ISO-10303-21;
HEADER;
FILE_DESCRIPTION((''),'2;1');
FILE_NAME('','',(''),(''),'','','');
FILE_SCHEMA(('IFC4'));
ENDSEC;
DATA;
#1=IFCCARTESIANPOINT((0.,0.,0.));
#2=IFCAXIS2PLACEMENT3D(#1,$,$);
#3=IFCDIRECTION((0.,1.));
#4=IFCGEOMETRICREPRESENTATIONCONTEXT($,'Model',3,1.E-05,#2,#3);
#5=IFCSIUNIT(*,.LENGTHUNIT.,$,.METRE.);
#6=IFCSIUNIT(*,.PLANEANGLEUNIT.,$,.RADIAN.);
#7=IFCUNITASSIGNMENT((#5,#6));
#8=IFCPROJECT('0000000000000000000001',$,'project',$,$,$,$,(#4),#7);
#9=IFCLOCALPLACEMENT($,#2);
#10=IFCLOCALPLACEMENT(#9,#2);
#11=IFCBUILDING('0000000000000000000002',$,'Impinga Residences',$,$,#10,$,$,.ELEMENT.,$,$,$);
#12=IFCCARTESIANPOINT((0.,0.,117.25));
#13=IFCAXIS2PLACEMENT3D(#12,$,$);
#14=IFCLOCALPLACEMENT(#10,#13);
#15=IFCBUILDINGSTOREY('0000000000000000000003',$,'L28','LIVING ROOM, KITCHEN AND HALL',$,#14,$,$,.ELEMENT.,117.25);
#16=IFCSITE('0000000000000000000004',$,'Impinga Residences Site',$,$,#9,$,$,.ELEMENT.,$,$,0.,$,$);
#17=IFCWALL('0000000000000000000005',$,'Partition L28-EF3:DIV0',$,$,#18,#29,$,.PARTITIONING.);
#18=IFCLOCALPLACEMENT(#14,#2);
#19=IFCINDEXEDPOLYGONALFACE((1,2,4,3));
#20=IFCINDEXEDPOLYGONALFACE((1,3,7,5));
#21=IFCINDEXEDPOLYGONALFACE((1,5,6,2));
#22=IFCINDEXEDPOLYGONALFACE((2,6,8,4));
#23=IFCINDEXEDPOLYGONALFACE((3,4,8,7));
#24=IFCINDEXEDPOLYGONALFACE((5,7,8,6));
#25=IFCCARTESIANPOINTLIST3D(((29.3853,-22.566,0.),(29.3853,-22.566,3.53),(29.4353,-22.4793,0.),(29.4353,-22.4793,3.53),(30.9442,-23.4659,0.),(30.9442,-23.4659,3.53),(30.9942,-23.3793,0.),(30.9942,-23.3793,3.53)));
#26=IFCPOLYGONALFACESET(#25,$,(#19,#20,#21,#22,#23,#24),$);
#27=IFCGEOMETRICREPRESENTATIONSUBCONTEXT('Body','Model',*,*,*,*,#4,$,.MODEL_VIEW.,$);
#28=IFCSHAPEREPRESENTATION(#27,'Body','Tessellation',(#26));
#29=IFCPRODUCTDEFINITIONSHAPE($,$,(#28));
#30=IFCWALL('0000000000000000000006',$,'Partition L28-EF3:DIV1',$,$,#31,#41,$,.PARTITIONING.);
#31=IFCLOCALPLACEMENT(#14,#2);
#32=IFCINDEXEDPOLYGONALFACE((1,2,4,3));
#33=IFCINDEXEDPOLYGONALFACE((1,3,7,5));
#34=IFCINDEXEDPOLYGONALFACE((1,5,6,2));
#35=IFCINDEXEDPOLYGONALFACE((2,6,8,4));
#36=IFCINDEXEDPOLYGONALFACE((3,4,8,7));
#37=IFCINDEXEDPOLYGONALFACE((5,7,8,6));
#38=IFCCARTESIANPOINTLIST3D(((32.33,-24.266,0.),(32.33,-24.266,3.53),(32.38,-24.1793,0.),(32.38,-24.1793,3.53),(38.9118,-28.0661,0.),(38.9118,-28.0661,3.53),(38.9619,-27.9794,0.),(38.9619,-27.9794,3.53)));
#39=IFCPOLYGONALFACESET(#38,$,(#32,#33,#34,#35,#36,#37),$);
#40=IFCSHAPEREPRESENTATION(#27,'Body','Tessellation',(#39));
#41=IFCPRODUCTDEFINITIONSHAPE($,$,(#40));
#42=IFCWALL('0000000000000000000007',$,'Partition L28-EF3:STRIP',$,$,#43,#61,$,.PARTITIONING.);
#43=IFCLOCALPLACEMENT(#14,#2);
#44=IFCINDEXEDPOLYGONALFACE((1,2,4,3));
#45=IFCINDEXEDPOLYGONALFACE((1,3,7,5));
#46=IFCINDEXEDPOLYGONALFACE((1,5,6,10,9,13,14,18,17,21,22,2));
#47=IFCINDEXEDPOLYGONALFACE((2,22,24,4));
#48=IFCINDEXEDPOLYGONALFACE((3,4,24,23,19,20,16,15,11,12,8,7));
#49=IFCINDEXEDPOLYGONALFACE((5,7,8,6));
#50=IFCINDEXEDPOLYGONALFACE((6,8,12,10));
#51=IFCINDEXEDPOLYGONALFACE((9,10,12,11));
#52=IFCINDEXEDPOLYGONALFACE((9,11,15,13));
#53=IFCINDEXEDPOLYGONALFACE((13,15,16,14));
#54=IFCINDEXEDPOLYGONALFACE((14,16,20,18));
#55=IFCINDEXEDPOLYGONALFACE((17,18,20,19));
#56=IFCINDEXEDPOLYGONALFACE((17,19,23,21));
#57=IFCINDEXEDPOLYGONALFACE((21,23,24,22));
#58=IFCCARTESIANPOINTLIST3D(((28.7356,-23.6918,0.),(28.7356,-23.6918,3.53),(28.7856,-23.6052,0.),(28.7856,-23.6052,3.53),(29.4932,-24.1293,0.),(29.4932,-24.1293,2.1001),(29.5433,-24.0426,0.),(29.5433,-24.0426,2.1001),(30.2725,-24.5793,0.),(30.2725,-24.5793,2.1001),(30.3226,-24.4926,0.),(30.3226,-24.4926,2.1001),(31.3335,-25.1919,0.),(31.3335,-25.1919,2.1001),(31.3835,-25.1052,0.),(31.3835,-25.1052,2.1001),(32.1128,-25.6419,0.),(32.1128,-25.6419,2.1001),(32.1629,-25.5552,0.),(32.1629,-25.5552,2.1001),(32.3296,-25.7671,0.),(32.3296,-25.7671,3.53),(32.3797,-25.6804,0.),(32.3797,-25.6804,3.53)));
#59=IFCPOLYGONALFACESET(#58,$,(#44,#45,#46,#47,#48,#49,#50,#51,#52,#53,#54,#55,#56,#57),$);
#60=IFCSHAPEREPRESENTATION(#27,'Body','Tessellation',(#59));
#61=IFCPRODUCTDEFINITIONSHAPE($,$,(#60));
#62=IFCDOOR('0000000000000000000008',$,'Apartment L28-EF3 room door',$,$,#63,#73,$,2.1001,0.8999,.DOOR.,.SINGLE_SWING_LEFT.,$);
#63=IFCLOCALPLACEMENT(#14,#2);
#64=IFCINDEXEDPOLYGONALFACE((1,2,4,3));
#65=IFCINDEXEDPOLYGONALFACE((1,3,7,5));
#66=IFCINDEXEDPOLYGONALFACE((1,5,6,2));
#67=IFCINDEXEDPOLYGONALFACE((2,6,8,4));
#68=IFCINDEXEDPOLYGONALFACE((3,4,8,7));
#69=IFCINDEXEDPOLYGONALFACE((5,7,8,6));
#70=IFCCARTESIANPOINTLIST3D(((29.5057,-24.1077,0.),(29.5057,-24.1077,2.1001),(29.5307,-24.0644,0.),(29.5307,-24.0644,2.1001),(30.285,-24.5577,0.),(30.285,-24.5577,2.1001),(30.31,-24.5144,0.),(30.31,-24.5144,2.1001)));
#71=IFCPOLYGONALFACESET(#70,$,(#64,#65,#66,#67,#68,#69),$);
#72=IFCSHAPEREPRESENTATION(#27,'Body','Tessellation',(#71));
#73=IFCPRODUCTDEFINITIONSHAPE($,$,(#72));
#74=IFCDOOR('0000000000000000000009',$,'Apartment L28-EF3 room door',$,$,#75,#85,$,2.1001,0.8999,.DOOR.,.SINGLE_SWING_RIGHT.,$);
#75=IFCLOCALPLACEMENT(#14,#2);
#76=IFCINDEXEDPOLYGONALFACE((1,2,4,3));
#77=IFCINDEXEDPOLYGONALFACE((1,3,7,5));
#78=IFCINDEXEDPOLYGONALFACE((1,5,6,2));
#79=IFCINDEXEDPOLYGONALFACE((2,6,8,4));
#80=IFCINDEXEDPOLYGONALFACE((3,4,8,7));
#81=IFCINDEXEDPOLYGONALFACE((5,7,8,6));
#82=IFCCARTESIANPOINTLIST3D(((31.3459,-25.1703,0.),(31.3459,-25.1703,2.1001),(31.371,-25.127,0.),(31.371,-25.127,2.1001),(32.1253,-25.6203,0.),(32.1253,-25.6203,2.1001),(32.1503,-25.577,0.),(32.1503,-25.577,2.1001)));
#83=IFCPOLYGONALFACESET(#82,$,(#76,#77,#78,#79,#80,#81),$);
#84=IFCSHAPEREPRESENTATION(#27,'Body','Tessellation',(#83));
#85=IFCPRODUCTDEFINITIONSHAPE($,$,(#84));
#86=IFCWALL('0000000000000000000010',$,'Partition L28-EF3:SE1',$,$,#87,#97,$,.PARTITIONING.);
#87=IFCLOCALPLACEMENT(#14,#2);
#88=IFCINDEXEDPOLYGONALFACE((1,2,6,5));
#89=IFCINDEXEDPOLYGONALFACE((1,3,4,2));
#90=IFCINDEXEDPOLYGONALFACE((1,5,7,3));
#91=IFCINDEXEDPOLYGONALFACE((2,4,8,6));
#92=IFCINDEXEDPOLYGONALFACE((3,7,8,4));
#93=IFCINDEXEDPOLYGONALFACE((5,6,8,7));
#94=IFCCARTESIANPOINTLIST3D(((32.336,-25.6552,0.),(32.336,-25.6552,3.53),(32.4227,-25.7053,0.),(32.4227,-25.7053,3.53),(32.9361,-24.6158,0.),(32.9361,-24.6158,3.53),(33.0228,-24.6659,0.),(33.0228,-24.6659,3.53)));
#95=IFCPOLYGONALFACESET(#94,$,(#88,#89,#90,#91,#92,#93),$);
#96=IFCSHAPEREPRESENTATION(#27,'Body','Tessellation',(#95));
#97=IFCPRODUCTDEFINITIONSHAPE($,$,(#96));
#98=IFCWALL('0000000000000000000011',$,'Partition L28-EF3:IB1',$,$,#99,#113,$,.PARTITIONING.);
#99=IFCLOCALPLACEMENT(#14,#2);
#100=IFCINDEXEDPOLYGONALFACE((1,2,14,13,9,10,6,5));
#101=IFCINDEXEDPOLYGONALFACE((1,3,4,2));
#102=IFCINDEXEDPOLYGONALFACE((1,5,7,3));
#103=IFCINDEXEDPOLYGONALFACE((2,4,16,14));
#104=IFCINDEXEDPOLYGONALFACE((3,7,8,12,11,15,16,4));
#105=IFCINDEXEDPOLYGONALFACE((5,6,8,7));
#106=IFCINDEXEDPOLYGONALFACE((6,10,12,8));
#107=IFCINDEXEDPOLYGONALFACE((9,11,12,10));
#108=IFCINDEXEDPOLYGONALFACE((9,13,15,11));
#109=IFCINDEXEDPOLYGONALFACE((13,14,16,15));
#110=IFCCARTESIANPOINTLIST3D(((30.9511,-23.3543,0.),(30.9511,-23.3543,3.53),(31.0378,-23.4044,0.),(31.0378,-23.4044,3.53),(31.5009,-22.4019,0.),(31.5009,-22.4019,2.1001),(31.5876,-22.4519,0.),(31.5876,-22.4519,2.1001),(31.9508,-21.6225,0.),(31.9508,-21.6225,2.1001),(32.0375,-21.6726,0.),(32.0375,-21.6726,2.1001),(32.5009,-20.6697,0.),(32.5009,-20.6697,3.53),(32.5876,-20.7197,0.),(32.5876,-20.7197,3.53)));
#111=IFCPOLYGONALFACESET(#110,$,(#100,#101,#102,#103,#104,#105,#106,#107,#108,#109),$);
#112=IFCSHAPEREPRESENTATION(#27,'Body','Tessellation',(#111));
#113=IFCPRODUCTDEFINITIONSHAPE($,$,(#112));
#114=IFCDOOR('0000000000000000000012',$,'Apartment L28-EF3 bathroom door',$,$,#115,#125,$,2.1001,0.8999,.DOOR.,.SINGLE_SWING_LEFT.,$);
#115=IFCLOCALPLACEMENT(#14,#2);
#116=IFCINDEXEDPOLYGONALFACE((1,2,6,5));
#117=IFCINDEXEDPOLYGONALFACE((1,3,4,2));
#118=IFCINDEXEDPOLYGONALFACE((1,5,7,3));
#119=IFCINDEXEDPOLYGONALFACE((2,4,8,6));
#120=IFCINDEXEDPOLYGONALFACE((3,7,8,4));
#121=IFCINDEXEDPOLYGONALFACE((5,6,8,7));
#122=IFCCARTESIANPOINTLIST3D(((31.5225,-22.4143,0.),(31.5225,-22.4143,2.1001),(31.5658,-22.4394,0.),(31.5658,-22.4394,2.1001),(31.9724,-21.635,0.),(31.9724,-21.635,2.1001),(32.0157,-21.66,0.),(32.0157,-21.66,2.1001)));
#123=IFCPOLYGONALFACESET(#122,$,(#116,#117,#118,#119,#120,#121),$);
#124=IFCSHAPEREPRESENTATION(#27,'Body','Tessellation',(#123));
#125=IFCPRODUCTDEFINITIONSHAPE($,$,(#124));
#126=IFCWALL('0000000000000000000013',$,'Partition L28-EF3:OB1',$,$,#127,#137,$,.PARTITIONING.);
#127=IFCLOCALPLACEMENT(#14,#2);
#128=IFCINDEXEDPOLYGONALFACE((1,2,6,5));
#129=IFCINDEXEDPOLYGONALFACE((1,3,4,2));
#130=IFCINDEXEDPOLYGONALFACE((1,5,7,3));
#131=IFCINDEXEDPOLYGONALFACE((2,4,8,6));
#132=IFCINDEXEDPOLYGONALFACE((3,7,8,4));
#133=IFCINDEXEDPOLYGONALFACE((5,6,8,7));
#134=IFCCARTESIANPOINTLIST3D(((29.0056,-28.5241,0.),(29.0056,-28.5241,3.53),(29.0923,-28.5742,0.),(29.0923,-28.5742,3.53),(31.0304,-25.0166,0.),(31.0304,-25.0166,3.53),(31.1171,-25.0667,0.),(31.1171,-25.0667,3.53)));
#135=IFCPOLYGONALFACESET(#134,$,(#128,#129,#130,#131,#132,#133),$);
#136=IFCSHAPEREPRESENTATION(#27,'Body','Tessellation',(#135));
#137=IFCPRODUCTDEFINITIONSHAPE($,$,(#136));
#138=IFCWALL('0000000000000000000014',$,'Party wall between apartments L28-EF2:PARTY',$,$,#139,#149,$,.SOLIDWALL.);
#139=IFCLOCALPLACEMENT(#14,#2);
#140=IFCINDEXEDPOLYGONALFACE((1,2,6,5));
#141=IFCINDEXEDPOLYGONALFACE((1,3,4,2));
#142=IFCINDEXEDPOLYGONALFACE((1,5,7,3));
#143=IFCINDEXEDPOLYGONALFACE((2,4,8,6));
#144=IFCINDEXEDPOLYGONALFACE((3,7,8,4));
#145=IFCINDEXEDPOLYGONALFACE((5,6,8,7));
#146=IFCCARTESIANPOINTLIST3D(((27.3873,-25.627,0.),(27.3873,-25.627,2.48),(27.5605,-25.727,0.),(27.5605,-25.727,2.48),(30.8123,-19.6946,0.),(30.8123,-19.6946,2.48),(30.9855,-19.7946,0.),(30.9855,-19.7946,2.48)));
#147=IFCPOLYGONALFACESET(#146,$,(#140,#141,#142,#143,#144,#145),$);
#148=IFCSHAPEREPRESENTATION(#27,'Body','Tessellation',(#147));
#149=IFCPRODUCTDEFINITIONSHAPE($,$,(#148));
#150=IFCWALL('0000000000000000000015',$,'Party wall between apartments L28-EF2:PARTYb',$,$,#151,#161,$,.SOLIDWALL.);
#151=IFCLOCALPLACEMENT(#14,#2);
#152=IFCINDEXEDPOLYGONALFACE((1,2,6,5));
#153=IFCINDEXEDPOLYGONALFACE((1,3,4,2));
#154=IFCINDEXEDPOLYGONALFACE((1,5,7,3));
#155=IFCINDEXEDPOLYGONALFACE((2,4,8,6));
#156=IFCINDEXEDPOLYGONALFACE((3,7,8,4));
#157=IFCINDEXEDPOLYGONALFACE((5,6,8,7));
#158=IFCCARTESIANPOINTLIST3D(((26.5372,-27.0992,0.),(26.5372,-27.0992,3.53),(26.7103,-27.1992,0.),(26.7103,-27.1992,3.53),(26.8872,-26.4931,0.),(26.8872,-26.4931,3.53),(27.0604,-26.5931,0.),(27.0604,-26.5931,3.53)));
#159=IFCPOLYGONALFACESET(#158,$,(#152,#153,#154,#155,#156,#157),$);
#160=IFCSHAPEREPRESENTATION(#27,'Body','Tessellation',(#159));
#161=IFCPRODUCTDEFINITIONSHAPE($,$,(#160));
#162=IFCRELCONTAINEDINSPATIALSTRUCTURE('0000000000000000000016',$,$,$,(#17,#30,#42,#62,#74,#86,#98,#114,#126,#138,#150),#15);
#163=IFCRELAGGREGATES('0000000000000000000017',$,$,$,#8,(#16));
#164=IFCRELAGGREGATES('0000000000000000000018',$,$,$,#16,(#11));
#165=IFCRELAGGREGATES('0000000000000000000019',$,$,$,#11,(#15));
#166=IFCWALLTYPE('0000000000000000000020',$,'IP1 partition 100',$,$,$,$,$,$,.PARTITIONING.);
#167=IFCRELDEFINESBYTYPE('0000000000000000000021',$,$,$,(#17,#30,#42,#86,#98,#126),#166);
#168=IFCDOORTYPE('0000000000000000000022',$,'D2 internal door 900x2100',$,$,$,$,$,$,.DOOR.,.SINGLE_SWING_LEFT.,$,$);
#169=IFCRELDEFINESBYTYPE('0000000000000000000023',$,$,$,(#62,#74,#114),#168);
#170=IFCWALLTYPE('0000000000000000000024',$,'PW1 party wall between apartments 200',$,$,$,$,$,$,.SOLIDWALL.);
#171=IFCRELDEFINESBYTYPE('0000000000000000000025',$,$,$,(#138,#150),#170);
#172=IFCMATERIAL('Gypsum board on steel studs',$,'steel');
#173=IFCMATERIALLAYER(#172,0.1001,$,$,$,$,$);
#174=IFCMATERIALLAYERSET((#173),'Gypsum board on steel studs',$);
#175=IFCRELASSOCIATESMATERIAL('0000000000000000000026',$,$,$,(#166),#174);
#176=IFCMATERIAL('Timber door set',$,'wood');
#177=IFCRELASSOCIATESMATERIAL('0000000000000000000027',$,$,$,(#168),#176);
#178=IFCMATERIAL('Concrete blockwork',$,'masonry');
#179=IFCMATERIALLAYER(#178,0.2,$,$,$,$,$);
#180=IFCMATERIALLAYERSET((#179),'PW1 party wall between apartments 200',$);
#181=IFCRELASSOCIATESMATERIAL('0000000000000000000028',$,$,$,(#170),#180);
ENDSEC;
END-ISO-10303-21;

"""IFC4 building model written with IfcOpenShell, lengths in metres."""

from ifc_helpers import new_model, si_unit, direction, frame, frame_2d, origin, place, context, subcontext, project, spatial, rectangle, extrude, material, layer, layer_set, type_object, element, fill, save


model = new_model("IFC4")

# Units and contexts
model_context = context("Model", 3, precision=1e-05, world=origin(), true_north=direction((0.0, 1.0)))
body_context = subcontext(model_context, "Body", "Model", "MODEL_VIEW")
ifc_project = project(units=[si_unit("LENGTHUNIT", "METRE"), si_unit("PLANEANGLEUNIT", "RADIAN")], contexts=[model_context])

# Site, building, storey
site_placement = place(None, origin())
site = spatial("IfcSite", under=ifc_project, at=site_placement, Name="Impinga Residences Site", CompositionType="ELEMENT", RefElevation=0.0)
building_placement = place(site_placement, origin())
building = spatial("IfcBuilding", under=site, at=building_placement, Name="Impinga Residences", CompositionType="ELEMENT")
storey_placement = place(building_placement, frame((0.0, 0.0, 117.25)))
storey = spatial("IfcBuildingStorey", under=building, at=storey_placement, Name="L28", Description="LIVING ROOM, KITCHEN AND HALL", CompositionType="ELEMENT", Elevation=117.25)

# Walls
ifc_material_1 = material(Name="Gypsum board on steel studs", Category="steel")
ifc_layer_1 = layer(ifc_material_1, 0.1001)
ifc_layer_set_1 = layer_set([ifc_layer_1], Name="Gypsum board on steel studs")
wall_type_1 = type_object("IfcWallType", Name="IP1 partition 100", PredefinedType="PARTITIONING", material=ifc_layer_set_1)
wall_1_placement = place(storey_placement, frame((29.4104, -22.5227, 0.0), z_axis=(0.0, 0.0, 1.0), x_axis=(0.866048, -0.499961, 0.0)))
element("IfcWall", 1, at=wall_1_placement, inside=storey, type_object=wall_type_1, Name="Partition L28-EF3:DIV0", PredefinedType="PARTITIONING", context=body_context, shape_type="SweptSolid", body=[
    extrude(rectangle(XDim=1.8, YDim=0.1001, at=frame_2d((0.8999, 0.0))), origin(), (0.0, 0.0, 1.0), 3.53),
])
wall_2_placement = place(storey_placement, frame((32.355, -24.2227, 0.0), z_axis=(0.0, 0.0, 1.0), x_axis=(0.866022, -0.500005, 0.0)))
element("IfcWall", 2, at=wall_2_placement, inside=storey, type_object=wall_type_1, Name="Partition L28-EF3:DIV1", PredefinedType="PARTITIONING", context=body_context, shape_type="SweptSolid", body=[
    extrude(rectangle(XDim=7.6001, YDim=0.1001, at=frame_2d((3.8, 0.0))), origin(), (0.0, 0.0, 1.0), 3.53),
])

# Wall, openings, doors
wall_3_placement = place(storey_placement, frame((28.7605, -23.6484, 0.0), z_axis=(0.0, 0.0, 1.0), x_axis=(0.866004, -0.500036, 0.0)))
wall_3 = element("IfcWall", 3, at=wall_3_placement, inside=storey, type_object=wall_type_1, Name="Partition L28-EF3:STRIP", PredefinedType="PARTITIONING", context=body_context, shape_type="SweptSolid", body=[
    extrude(rectangle(XDim=4.1501, YDim=0.1001, at=frame_2d((2.0752, 0.0))), origin(), (0.0, 0.0, 1.0), 3.53),
])
opening_1_placement = place(wall_3_placement, frame((0.875, 0.0, 0.0)))
opening_1 = element("IfcOpeningElement", 4, at=opening_1_placement, cuts=wall_3, PredefinedType="OPENING", context=body_context, shape_type="SweptSolid", body=[
    extrude(rectangle(XDim=0.8999, YDim=2.1001, at=frame_2d((0.45, 1.05))), frame((0.0, 0.0601, 0.0), z_axis=(0.0, -1.0, 0.0), x_axis=(1.0, 0.0, 0.0)), (0.0, 0.0, 1.0), 0.1201),
])
opening_2_placement = place(wall_3_placement, frame((3.0, 0.0, 0.0)))
opening_2 = element("IfcOpeningElement", 5, at=opening_2_placement, cuts=wall_3, PredefinedType="OPENING", context=body_context, shape_type="SweptSolid", body=[
    extrude(rectangle(XDim=0.8999, YDim=2.1001, at=frame_2d((0.45, 1.05))), frame((0.0, 0.0601, 0.0), z_axis=(0.0, -1.0, 0.0), x_axis=(1.0, 0.0, 0.0)), (0.0, 0.0, 1.0), 0.1201),
])
ifc_material_2 = material(Name="Timber door set", Category="wood")
door_type = type_object("IfcDoorType", Name="D2 internal door 900x2100", OperationType="SINGLE_SWING_LEFT", PredefinedType="DOOR", material=ifc_material_2)
door_1_placement = place(opening_1_placement, origin())
door_1 = element("IfcDoor", 6, at=door_1_placement, inside=storey, type_object=door_type, Name="Apartment L28-EF3 room door", OperationType="SINGLE_SWING_LEFT", OverallHeight=2.1001, OverallWidth=0.8999, PredefinedType="DOOR", context=body_context, shape_type="SweptSolid", body=[
    extrude(rectangle(XDim=0.8999, YDim=2.1001, at=frame_2d((0.45, 1.05))), frame((0.0, 0.0249, 0.0), z_axis=(0.0, -1.0, 0.0), x_axis=(1.0, 0.0, 0.0)), (0.0, 0.0, 1.0), 0.05),
])
fill(opening_1, door_1)
door_2_placement = place(opening_2_placement, origin())
door_2 = element("IfcDoor", 7, at=door_2_placement, inside=storey, type_object=door_type, Name="Apartment L28-EF3 room door", OperationType="SINGLE_SWING_RIGHT", OverallHeight=2.1001, OverallWidth=0.8999, PredefinedType="DOOR", context=body_context, shape_type="SweptSolid", body=[
    extrude(rectangle(XDim=0.8999, YDim=2.1001, at=frame_2d((0.45, 1.05))), frame((0.0, 0.0249, 0.0), z_axis=(0.0, -1.0, 0.0), x_axis=(1.0, 0.0, 0.0)), (0.0, 0.0, 1.0), 0.05),
])
fill(opening_2, door_2)

# Wall
wall_4_placement = place(storey_placement, frame((32.9795, -24.6409, 0.0), z_axis=(0.0, 0.0, 1.0), x_axis=(-0.500034, -0.866006, 0.0)))
element("IfcWall", 8, at=wall_4_placement, inside=storey, type_object=wall_type_1, Name="Partition L28-EF3:SE1", PredefinedType="PARTITIONING", context=body_context, shape_type="SweptSolid", body=[
    extrude(rectangle(XDim=1.2002, YDim=0.1001, at=frame_2d((0.6001, 0.0))), origin(), (0.0, 0.0, 1.0), 3.53),
])

# Wall, opening, door
wall_5_placement = place(storey_placement, frame((32.5442, -20.6948, 0.0), z_axis=(0.0, 0.0, 1.0), x_axis=(-0.499968, -0.866044, 0.0)))
wall_5 = element("IfcWall", 9, at=wall_5_placement, inside=storey, type_object=wall_type_1, Name="Partition L28-EF3:IB1", PredefinedType="PARTITIONING", context=body_context, shape_type="SweptSolid", body=[
    extrude(rectangle(XDim=3.0999, YDim=0.1001, at=frame_2d((1.5498, 0.0))), origin(), (0.0, 0.0, 1.0), 3.53),
])
opening_3_placement = place(wall_5_placement, frame((1.1001, 0.0, 0.0)))
opening_3 = element("IfcOpeningElement", 10, at=opening_3_placement, cuts=wall_5, PredefinedType="OPENING", context=body_context, shape_type="SweptSolid", body=[
    extrude(rectangle(XDim=0.8999, YDim=2.1001, at=frame_2d((0.45, 1.05))), frame((0.0, 0.0601, 0.0), z_axis=(0.0, -1.0, 0.0), x_axis=(1.0, 0.0, 0.0)), (0.0, 0.0, 1.0), 0.1201),
])
door_3_placement = place(opening_3_placement, origin())
door_3 = element("IfcDoor", 11, at=door_3_placement, inside=storey, type_object=door_type, Name="Apartment L28-EF3 bathroom door", OperationType="SINGLE_SWING_LEFT", OverallHeight=2.1001, OverallWidth=0.8999, PredefinedType="DOOR", context=body_context, shape_type="SweptSolid", body=[
    extrude(rectangle(XDim=0.8999, YDim=2.1001, at=frame_2d((0.45, 1.05))), frame((0.0, 0.0249, 0.0), z_axis=(0.0, -1.0, 0.0), x_axis=(1.0, 0.0, 0.0)), (0.0, 0.0, 1.0), 0.05),
])
fill(opening_3, door_3)

# Walls
wall_6_placement = place(storey_placement, frame((31.0737, -25.0417, 0.0), z_axis=(0.0, 0.0, 1.0), x_axis=(-0.499964, -0.866046, 0.0)))
element("IfcWall", 12, at=wall_6_placement, inside=storey, type_object=wall_type_1, Name="Partition L28-EF3:OB1", PredefinedType="PARTITIONING", context=body_context, shape_type="SweptSolid", body=[
    extrude(rectangle(XDim=4.05, YDim=0.1001, at=frame_2d((2.0249, 0.0))), origin(), (0.0, 0.0, 1.0), 3.53),
])
ifc_material_3 = material(Name="Concrete blockwork", Category="masonry")
ifc_layer_2 = layer(ifc_material_3, 0.2)
ifc_layer_set_2 = layer_set([ifc_layer_2], Name="PW1 party wall between apartments 200")
wall_type_2 = type_object("IfcWallType", Name="PW1 party wall between apartments 200", PredefinedType="SOLIDWALL", material=ifc_layer_set_2)
wall_7_placement = place(storey_placement, frame((30.8989, -19.7446, 0.0), z_axis=(0.0, 0.0, 1.0), x_axis=(-0.499999, -0.866026, 0.0)))
element("IfcWall", 13, at=wall_7_placement, inside=storey, type_object=wall_type_2, Name="Party wall between apartments L28-EF2:PARTY", PredefinedType="SOLIDWALL", context=body_context, shape_type="SweptSolid", body=[
    extrude(rectangle(XDim=6.8501, YDim=0.2, at=frame_2d((3.425, 0.0))), origin(), (0.0, 0.0, 1.0), 2.48),
])
wall_8_placement = place(storey_placement, frame((26.9739, -26.543, 0.0), z_axis=(0.0, 0.0, 1.0), x_axis=(-0.500115, -0.865959, 0.0)))
element("IfcWall", 14, at=wall_8_placement, inside=storey, type_object=wall_type_2, Name="Party wall between apartments L28-EF2:PARTYb", PredefinedType="SOLIDWALL", context=body_context, shape_type="SweptSolid", body=[
    extrude(rectangle(XDim=0.7, YDim=0.2, at=frame_2d((0.3501, 0.0))), origin(), (0.0, 0.0, 1.0), 3.53),
])

save(model, "model.ifc")
